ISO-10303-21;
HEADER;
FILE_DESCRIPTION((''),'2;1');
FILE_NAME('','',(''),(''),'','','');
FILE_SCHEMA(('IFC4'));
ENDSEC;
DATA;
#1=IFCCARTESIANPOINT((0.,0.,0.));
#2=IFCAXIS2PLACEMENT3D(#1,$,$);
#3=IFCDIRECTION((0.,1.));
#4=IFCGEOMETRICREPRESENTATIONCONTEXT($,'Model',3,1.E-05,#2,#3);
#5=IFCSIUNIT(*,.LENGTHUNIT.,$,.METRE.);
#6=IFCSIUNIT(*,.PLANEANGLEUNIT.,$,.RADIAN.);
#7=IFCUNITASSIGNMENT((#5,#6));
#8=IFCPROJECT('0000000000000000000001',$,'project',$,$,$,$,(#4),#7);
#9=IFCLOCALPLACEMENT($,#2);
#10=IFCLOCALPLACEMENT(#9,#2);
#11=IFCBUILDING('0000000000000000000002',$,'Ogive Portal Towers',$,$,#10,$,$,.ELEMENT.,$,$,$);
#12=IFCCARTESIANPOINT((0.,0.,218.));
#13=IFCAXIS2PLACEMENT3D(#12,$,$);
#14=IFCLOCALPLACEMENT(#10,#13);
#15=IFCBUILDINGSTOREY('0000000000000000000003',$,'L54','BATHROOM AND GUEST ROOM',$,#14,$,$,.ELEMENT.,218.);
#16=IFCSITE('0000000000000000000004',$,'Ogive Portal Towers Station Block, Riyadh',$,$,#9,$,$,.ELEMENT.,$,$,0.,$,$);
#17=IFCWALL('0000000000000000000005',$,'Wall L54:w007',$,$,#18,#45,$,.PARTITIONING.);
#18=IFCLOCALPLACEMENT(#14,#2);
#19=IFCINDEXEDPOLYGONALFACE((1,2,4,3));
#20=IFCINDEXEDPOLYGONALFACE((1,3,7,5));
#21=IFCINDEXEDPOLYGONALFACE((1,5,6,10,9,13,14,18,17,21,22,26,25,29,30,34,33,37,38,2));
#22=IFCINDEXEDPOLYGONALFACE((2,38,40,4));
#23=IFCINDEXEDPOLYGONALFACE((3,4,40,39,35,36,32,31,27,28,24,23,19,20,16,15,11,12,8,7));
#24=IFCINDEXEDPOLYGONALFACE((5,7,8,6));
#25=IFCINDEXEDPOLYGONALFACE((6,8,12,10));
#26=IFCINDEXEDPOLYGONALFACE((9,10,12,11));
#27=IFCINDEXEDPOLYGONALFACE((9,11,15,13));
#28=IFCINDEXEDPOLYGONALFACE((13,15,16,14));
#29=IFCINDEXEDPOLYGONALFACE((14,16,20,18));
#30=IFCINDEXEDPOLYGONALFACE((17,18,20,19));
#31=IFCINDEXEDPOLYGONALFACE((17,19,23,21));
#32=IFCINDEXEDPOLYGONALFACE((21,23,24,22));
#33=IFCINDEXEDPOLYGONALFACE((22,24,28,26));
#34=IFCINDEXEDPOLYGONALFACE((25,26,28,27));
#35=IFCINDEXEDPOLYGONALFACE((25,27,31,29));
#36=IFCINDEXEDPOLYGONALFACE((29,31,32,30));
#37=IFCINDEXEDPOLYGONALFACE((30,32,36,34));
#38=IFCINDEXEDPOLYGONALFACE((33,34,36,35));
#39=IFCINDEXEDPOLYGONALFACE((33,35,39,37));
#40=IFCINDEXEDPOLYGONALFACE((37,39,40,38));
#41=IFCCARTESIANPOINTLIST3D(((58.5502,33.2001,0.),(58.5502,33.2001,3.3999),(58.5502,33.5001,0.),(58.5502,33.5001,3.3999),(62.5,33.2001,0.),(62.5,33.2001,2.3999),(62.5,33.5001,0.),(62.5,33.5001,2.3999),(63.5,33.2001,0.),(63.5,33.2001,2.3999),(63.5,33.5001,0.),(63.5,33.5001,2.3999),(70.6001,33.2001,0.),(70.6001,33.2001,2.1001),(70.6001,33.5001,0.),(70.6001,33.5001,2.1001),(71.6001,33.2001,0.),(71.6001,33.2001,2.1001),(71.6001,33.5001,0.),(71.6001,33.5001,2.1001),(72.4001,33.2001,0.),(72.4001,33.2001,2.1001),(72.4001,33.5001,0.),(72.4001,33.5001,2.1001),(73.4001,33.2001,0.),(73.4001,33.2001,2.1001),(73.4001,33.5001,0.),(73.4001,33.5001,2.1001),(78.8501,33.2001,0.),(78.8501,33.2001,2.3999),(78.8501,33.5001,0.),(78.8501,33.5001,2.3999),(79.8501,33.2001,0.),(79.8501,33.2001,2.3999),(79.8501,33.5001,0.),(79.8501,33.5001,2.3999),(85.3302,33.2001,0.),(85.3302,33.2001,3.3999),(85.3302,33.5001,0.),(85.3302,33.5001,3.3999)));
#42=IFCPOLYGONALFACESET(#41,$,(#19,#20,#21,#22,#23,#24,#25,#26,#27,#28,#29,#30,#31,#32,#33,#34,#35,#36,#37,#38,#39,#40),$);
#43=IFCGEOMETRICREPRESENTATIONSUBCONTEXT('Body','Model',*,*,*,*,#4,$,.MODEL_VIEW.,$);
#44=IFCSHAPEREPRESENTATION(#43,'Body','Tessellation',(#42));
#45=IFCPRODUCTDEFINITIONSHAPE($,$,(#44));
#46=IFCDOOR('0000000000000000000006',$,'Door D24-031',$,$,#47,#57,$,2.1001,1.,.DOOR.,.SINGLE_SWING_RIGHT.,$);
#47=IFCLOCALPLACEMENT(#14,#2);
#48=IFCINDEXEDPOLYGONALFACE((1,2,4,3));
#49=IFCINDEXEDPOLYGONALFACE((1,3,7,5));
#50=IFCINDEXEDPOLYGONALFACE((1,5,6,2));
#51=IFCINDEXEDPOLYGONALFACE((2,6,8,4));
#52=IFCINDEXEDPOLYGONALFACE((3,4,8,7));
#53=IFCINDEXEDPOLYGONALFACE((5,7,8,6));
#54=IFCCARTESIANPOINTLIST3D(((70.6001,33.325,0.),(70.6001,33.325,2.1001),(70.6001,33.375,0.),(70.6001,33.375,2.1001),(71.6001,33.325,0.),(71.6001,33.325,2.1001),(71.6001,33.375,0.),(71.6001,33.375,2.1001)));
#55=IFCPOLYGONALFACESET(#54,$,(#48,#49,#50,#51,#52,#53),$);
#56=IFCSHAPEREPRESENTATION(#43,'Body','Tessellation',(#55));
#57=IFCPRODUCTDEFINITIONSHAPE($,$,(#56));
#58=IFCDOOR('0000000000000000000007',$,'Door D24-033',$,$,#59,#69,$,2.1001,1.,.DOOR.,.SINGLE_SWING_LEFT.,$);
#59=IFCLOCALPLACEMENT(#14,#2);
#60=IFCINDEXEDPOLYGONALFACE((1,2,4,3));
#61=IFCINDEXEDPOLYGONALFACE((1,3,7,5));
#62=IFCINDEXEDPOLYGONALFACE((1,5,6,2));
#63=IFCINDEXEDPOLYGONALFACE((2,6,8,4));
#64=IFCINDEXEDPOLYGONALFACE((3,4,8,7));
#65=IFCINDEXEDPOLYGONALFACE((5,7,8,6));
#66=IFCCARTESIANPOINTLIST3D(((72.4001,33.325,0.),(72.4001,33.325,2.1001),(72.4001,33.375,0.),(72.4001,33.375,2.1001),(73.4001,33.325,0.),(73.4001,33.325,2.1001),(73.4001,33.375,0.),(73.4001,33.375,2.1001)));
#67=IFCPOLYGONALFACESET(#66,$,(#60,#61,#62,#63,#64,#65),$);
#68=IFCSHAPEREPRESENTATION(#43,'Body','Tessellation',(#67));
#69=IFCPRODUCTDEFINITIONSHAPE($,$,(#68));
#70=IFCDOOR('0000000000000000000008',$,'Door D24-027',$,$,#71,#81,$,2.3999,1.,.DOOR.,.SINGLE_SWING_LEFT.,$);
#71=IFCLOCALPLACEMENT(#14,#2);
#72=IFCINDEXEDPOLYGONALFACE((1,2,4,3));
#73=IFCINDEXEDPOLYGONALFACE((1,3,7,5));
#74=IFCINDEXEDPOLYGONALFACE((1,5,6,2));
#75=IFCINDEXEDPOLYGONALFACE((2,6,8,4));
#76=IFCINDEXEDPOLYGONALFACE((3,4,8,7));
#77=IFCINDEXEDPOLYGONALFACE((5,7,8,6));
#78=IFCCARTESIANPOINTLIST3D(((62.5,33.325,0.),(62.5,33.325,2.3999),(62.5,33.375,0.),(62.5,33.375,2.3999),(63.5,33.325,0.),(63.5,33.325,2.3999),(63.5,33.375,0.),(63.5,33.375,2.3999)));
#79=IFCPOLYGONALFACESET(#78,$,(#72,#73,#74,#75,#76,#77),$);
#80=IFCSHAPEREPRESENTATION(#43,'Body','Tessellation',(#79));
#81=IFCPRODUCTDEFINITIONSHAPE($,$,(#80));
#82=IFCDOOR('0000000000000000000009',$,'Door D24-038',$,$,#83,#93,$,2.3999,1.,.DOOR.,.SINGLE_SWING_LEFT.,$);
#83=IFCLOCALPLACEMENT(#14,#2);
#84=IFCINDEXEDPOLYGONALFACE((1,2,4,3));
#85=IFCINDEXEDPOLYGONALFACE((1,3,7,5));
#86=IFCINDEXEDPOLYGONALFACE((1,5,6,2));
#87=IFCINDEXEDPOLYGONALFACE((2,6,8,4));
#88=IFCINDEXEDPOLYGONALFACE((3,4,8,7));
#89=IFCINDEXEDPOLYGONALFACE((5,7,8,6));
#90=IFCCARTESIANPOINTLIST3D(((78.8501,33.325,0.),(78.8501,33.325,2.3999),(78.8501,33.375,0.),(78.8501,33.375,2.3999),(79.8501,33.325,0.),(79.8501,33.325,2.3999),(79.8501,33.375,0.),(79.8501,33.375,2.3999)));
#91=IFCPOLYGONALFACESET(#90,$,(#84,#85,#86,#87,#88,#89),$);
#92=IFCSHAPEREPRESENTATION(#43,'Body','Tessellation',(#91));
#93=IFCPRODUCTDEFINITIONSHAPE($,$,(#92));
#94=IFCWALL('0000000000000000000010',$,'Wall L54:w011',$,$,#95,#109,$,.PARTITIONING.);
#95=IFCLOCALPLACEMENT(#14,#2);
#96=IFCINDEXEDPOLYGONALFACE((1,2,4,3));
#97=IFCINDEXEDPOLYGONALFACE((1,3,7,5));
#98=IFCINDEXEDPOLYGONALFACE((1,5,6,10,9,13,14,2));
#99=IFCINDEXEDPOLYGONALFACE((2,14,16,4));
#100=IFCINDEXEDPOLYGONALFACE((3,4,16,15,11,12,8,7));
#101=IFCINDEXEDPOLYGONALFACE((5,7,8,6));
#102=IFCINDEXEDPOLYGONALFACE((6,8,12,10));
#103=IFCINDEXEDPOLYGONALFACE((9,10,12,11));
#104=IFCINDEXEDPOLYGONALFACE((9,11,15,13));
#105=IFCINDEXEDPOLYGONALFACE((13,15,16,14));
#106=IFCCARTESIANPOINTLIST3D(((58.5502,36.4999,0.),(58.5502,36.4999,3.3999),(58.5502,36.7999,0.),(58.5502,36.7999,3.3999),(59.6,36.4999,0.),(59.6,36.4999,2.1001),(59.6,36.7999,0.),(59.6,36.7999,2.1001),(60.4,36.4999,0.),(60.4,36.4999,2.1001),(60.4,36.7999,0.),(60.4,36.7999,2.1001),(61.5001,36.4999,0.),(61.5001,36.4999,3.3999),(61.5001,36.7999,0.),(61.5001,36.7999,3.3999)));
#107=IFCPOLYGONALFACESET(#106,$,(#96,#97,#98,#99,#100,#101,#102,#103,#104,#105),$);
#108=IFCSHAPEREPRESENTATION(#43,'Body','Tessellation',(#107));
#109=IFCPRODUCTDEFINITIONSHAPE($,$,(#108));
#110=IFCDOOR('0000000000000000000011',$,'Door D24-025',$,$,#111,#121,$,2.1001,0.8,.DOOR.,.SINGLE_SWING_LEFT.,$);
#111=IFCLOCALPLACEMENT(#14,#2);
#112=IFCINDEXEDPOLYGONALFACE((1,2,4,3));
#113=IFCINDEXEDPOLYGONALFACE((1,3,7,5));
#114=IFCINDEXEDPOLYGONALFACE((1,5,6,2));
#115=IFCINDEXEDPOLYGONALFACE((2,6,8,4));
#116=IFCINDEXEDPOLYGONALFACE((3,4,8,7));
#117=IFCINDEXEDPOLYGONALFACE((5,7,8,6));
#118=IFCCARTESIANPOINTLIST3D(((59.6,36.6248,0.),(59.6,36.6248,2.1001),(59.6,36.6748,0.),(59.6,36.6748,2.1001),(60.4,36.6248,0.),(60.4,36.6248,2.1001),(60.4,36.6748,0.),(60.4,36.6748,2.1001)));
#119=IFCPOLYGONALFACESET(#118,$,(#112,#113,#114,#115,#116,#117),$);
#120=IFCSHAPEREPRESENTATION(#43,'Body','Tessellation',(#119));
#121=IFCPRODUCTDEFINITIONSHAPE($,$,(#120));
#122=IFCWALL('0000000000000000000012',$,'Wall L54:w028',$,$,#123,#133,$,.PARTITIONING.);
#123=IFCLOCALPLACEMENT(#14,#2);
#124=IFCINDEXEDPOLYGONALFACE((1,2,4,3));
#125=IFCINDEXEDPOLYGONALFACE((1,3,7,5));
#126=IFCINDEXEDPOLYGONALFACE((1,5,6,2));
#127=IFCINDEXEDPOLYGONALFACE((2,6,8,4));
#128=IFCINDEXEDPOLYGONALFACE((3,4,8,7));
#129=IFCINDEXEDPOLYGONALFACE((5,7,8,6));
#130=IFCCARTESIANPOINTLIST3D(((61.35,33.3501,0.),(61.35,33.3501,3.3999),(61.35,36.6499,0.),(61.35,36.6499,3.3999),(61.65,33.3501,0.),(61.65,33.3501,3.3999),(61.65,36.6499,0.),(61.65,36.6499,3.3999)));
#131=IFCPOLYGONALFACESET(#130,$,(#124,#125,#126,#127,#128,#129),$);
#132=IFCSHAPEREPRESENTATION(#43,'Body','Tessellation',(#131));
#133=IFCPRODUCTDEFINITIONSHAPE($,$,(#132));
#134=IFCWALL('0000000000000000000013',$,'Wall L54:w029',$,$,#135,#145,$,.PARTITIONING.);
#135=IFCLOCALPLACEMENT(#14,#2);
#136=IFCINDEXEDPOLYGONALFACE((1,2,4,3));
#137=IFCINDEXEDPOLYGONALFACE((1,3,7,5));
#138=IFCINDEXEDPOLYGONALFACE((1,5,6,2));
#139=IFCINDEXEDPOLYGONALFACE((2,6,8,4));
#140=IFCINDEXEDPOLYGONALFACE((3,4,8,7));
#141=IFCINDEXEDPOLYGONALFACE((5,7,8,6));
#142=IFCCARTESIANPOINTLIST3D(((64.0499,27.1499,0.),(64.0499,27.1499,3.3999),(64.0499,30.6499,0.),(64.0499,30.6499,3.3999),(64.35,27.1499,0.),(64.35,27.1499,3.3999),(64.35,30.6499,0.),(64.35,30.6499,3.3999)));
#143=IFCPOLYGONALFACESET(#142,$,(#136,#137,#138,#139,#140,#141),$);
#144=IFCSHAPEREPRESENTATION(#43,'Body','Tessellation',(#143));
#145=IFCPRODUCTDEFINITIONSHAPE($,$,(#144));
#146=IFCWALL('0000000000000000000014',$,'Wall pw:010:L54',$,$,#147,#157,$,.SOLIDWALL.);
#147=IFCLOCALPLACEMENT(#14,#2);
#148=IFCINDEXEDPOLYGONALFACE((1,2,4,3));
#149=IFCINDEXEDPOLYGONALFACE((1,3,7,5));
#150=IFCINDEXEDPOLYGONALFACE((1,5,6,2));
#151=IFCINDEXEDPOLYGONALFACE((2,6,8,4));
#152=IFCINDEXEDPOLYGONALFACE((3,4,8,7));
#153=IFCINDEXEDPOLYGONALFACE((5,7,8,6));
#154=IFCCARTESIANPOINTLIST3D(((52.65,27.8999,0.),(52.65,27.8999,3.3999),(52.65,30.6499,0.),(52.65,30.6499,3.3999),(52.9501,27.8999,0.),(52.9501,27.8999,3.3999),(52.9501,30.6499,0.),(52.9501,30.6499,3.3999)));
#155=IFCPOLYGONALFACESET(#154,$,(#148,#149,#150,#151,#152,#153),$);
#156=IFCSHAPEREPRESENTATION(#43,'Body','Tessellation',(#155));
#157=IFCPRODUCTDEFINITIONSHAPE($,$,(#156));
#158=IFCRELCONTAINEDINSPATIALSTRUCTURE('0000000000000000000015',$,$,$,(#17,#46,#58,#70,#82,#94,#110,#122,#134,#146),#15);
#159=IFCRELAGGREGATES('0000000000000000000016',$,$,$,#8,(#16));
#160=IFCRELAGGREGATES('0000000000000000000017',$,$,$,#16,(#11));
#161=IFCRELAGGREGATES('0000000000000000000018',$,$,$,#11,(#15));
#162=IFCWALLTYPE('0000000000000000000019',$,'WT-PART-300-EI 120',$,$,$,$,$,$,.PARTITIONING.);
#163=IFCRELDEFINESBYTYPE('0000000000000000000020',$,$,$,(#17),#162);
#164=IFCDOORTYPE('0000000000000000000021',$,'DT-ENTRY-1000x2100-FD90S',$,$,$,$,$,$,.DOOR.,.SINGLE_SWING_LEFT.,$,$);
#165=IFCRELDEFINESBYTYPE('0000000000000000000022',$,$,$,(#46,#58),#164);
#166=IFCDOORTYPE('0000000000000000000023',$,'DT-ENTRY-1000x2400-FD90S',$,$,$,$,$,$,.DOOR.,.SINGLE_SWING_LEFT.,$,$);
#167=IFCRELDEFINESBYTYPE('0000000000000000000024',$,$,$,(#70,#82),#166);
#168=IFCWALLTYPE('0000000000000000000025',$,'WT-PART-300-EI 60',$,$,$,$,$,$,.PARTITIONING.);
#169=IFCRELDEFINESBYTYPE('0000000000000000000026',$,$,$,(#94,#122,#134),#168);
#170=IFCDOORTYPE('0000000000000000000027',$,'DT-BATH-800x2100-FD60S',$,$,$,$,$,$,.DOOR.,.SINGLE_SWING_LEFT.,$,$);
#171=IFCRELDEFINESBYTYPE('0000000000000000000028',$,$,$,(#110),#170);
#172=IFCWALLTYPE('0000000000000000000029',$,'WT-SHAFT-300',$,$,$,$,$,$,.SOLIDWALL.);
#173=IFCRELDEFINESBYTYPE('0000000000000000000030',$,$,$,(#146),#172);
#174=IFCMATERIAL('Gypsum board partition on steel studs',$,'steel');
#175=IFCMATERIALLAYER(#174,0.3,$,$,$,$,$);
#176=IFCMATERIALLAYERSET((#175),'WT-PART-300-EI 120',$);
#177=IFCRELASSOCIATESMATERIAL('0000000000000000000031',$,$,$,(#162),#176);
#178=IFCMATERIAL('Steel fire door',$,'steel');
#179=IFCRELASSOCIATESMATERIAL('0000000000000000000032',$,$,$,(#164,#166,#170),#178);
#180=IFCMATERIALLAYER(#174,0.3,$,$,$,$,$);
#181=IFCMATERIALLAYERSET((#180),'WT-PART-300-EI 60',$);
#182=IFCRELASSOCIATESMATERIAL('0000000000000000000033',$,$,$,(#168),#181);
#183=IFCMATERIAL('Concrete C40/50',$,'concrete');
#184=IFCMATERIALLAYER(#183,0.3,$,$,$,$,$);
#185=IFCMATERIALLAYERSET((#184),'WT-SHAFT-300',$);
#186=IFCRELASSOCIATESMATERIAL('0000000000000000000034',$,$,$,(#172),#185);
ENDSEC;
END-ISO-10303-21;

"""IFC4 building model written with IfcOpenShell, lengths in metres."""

from ifc_helpers import new_model, si_unit, direction, frame, frame_2d, origin, place, context, subcontext, project, spatial, rectangle, extrude, material, layer, layer_set, type_object, element, fill, save


model = new_model("IFC4")

# Units and contexts
model_context = context("Model", 3, precision=1e-05, world=origin(), true_north=direction((0.0, 1.0)))
body_context = subcontext(model_context, "Body", "Model", "MODEL_VIEW")
ifc_project = project(units=[si_unit("LENGTHUNIT", "METRE"), si_unit("PLANEANGLEUNIT", "RADIAN")], contexts=[model_context])

# Site, building, storey
site_placement = place(None, origin())
site = spatial("IfcSite", under=ifc_project, at=site_placement, Name="Ogive Portal Towers Station Block, Riyadh", CompositionType="ELEMENT", RefElevation=0.0)
building_placement = place(site_placement, origin())
building = spatial("IfcBuilding", under=site, at=building_placement, Name="Ogive Portal Towers", CompositionType="ELEMENT")
storey_placement = place(building_placement, frame((0.0, 0.0, 218.0)))
storey = spatial("IfcBuildingStorey", under=building, at=storey_placement, Name="L54", Description="BATHROOM AND GUEST ROOM", CompositionType="ELEMENT", Elevation=218.0)

# Wall, openings, doors
ifc_material_1 = material(Name="Gypsum board partition on steel studs", Category="steel")
ifc_layer_1 = layer(ifc_material_1, 0.3)
ifc_layer_set_1 = layer_set([ifc_layer_1], Name="WT-PART-300-EI 120")
wall_type_1 = type_object("IfcWallType", Name="WT-PART-300-EI 120", PredefinedType="PARTITIONING", material=ifc_layer_set_1)
ifc_material_2 = material(Name="Steel fire door", Category="steel")
door_type_1 = type_object("IfcDoorType", Name="DT-ENTRY-1000x2100-FD90S", OperationType="SINGLE_SWING_LEFT", PredefinedType="DOOR", material=ifc_material_2)
door_type_2 = type_object("IfcDoorType", Name="DT-ENTRY-1000x2400-FD90S", OperationType="SINGLE_SWING_LEFT", PredefinedType="DOOR", material=ifc_material_2)
wall_1_placement = place(storey_placement, frame((58.55, 33.3501, 0.0), z_axis=(0.0, 0.0, 1.0), x_axis=(1.0, 0.0, 0.0)))
wall_1 = element("IfcWall", 1, at=wall_1_placement, inside=storey, type_object=wall_type_1, Name="Wall L54:w007", PredefinedType="PARTITIONING", context=body_context, shape_type="SweptSolid", body=[
    extrude(rectangle(XDim=26.78, YDim=0.3, at=frame_2d((13.3901, 0.0))), origin(), (0.0, 0.0, 1.0), 3.3999),
])
opening_1_placement = place(wall_1_placement, frame((3.95, 0.0, 0.0)))
opening_1 = element("IfcOpeningElement", 2, at=opening_1_placement, cuts=wall_1, PredefinedType="OPENING", context=body_context, shape_type="SweptSolid", body=[
    extrude(rectangle(XDim=1.0, YDim=2.3999, at=frame_2d((0.5, 1.2))), frame((0.0, 0.1602, 0.0), z_axis=(0.0, -1.0, 0.0), x_axis=(1.0, 0.0, 0.0)), (0.0, 0.0, 1.0), 0.3201),
])
opening_2_placement = place(wall_1_placement, frame((12.05, 0.0, 0.0)))
opening_2 = element("IfcOpeningElement", 3, at=opening_2_placement, cuts=wall_1, PredefinedType="OPENING", context=body_context, shape_type="SweptSolid", body=[
    extrude(rectangle(XDim=1.0, YDim=2.1001, at=frame_2d((0.5, 1.05))), frame((0.0, 0.1602, 0.0), z_axis=(0.0, -1.0, 0.0), x_axis=(1.0, 0.0, 0.0)), (0.0, 0.0, 1.0), 0.3201),
])
opening_3_placement = place(wall_1_placement, frame((13.8501, 0.0, 0.0)))
opening_3 = element("IfcOpeningElement", 4, at=opening_3_placement, cuts=wall_1, PredefinedType="OPENING", context=body_context, shape_type="SweptSolid", body=[
    extrude(rectangle(XDim=1.0, YDim=2.1001, at=frame_2d((0.5, 1.05))), frame((0.0, 0.1602, 0.0), z_axis=(0.0, -1.0, 0.0), x_axis=(1.0, 0.0, 0.0)), (0.0, 0.0, 1.0), 0.3201),
])
opening_4_placement = place(wall_1_placement, frame((20.3, 0.0, 0.0)))
opening_4 = element("IfcOpeningElement", 5, at=opening_4_placement, cuts=wall_1, PredefinedType="OPENING", context=body_context, shape_type="SweptSolid", body=[
    extrude(rectangle(XDim=1.0, YDim=2.3999, at=frame_2d((0.5, 1.2))), frame((0.0, 0.1602, 0.0), z_axis=(0.0, -1.0, 0.0), x_axis=(1.0, 0.0, 0.0)), (0.0, 0.0, 1.0), 0.3201),
])
door_1_placement = place(opening_2_placement, origin())
door_1 = element("IfcDoor", 6, at=door_1_placement, inside=storey, type_object=door_type_1, Name="Door D24-031", OperationType="SINGLE_SWING_RIGHT", OverallHeight=2.1001, OverallWidth=1.0, PredefinedType="DOOR", context=body_context, shape_type="SweptSolid", body=[
    extrude(rectangle(XDim=1.0, YDim=2.1001, at=frame_2d((0.5, 1.05))), frame((0.0, 0.0249, 0.0), z_axis=(0.0, -1.0, 0.0), x_axis=(1.0, 0.0, 0.0)), (0.0, 0.0, 1.0), 0.05),
])
fill(opening_2, door_1)
door_2_placement = place(opening_3_placement, origin())
door_2 = element("IfcDoor", 7, at=door_2_placement, inside=storey, type_object=door_type_1, Name="Door D24-033", OperationType="SINGLE_SWING_LEFT", OverallHeight=2.1001, OverallWidth=1.0, PredefinedType="DOOR", context=body_context, shape_type="SweptSolid", body=[
    extrude(rectangle(XDim=1.0, YDim=2.1001, at=frame_2d((0.5, 1.05))), frame((0.0, 0.0249, 0.0), z_axis=(0.0, -1.0, 0.0), x_axis=(1.0, 0.0, 0.0)), (0.0, 0.0, 1.0), 0.05),
])
fill(opening_3, door_2)
door_3_placement = place(opening_1_placement, origin())
door_3 = element("IfcDoor", 8, at=door_3_placement, inside=storey, type_object=door_type_2, Name="Door D24-027", OperationType="SINGLE_SWING_LEFT", OverallHeight=2.3999, OverallWidth=1.0, PredefinedType="DOOR", context=body_context, shape_type="SweptSolid", body=[
    extrude(rectangle(XDim=1.0, YDim=2.3999, at=frame_2d((0.5, 1.2))), frame((0.0, 0.0249, 0.0), z_axis=(0.0, -1.0, 0.0), x_axis=(1.0, 0.0, 0.0)), (0.0, 0.0, 1.0), 0.05),
])
fill(opening_1, door_3)
door_4_placement = place(opening_4_placement, origin())
door_4 = element("IfcDoor", 9, at=door_4_placement, inside=storey, type_object=door_type_2, Name="Door D24-038", OperationType="SINGLE_SWING_LEFT", OverallHeight=2.3999, OverallWidth=1.0, PredefinedType="DOOR", context=body_context, shape_type="SweptSolid", body=[
    extrude(rectangle(XDim=1.0, YDim=2.3999, at=frame_2d((0.5, 1.2))), frame((0.0, 0.0249, 0.0), z_axis=(0.0, -1.0, 0.0), x_axis=(1.0, 0.0, 0.0)), (0.0, 0.0, 1.0), 0.05),
])
fill(opening_4, door_4)

# Wall, opening, door
ifc_layer_2 = layer(ifc_material_1, 0.3)
ifc_layer_set_2 = layer_set([ifc_layer_2], Name="WT-PART-300-EI 60")
wall_type_2 = type_object("IfcWallType", Name="WT-PART-300-EI 60", PredefinedType="PARTITIONING", material=ifc_layer_set_2)
wall_2_placement = place(storey_placement, frame((58.55, 36.6499, 0.0), z_axis=(0.0, 0.0, 1.0), x_axis=(1.0, 0.0, 0.0)))
wall_2 = element("IfcWall", 10, at=wall_2_placement, inside=storey, type_object=wall_type_2, Name="Wall L54:w011", PredefinedType="PARTITIONING", context=body_context, shape_type="SweptSolid", body=[
    extrude(rectangle(XDim=2.95, YDim=0.3, at=frame_2d((1.4751, 0.0))), origin(), (0.0, 0.0, 1.0), 3.3999),
])
opening_5_placement = place(wall_2_placement, frame((1.05, 0.0, 0.0)))
opening_5 = element("IfcOpeningElement", 11, at=opening_5_placement, cuts=wall_2, PredefinedType="OPENING", context=body_context, shape_type="SweptSolid", body=[
    extrude(rectangle(XDim=0.8, YDim=2.1001, at=frame_2d((0.3999, 1.05))), frame((0.0, 0.1602, 0.0), z_axis=(0.0, -1.0, 0.0), x_axis=(1.0, 0.0, 0.0)), (0.0, 0.0, 1.0), 0.3201),
])
door_type_3 = type_object("IfcDoorType", Name="DT-BATH-800x2100-FD60S", OperationType="SINGLE_SWING_LEFT", PredefinedType="DOOR", material=ifc_material_2)
door_5_placement = place(opening_5_placement, origin())
door_5 = element("IfcDoor", 12, at=door_5_placement, inside=storey, type_object=door_type_3, Name="Door D24-025", OperationType="SINGLE_SWING_LEFT", OverallHeight=2.1001, OverallWidth=0.8, PredefinedType="DOOR", context=body_context, shape_type="SweptSolid", body=[
    extrude(rectangle(XDim=0.8, YDim=2.1001, at=frame_2d((0.3999, 1.05))), frame((0.0, 0.0249, 0.0), z_axis=(0.0, -1.0, 0.0), x_axis=(1.0, 0.0, 0.0)), (0.0, 0.0, 1.0), 0.05),
])
fill(opening_5, door_5)

# Walls
wall_3_placement = place(storey_placement, frame((61.5, 33.3501, 0.0), z_axis=(0.0, 0.0, 1.0), x_axis=(0.0, 1.0, 0.0)))
element("IfcWall", 13, at=wall_3_placement, inside=storey, type_object=wall_type_2, Name="Wall L54:w028", PredefinedType="PARTITIONING", context=body_context, shape_type="SweptSolid", body=[
    extrude(rectangle(XDim=3.2998, YDim=0.3, at=frame_2d((1.6499, 0.0))), origin(), (0.0, 0.0, 1.0), 3.3999),
])
wall_4_placement = place(storey_placement, frame((64.2, 27.1499, 0.0), z_axis=(0.0, 0.0, 1.0), x_axis=(0.0, 1.0, 0.0)))
element("IfcWall", 14, at=wall_4_placement, inside=storey, type_object=wall_type_2, Name="Wall L54:w029", PredefinedType="PARTITIONING", context=body_context, shape_type="SweptSolid", body=[
    extrude(rectangle(XDim=3.5, YDim=0.3, at=frame_2d((1.75, 0.0))), origin(), (0.0, 0.0, 1.0), 3.3999),
])
ifc_material_3 = material(Name="Concrete C40/50", Category="concrete")
ifc_layer_3 = layer(ifc_material_3, 0.3)
ifc_layer_set_3 = layer_set([ifc_layer_3], Name="WT-SHAFT-300")
wall_type_3 = type_object("IfcWallType", Name="WT-SHAFT-300", PredefinedType="SOLIDWALL", material=ifc_layer_set_3)
wall_5_placement = place(storey_placement, frame((52.8, 27.8999, 0.0), z_axis=(0.0, 0.0, 1.0), x_axis=(0.0, 1.0, 0.0)))
element("IfcWall", 15, at=wall_5_placement, inside=storey, type_object=wall_type_3, Name="Wall pw:010:L54", PredefinedType="SOLIDWALL", context=body_context, shape_type="SweptSolid", body=[
    extrude(rectangle(XDim=2.75, YDim=0.3, at=frame_2d((1.375, 0.0))), origin(), (0.0, 0.0, 1.0), 3.3999),
])

save(model, "model.ifc")
